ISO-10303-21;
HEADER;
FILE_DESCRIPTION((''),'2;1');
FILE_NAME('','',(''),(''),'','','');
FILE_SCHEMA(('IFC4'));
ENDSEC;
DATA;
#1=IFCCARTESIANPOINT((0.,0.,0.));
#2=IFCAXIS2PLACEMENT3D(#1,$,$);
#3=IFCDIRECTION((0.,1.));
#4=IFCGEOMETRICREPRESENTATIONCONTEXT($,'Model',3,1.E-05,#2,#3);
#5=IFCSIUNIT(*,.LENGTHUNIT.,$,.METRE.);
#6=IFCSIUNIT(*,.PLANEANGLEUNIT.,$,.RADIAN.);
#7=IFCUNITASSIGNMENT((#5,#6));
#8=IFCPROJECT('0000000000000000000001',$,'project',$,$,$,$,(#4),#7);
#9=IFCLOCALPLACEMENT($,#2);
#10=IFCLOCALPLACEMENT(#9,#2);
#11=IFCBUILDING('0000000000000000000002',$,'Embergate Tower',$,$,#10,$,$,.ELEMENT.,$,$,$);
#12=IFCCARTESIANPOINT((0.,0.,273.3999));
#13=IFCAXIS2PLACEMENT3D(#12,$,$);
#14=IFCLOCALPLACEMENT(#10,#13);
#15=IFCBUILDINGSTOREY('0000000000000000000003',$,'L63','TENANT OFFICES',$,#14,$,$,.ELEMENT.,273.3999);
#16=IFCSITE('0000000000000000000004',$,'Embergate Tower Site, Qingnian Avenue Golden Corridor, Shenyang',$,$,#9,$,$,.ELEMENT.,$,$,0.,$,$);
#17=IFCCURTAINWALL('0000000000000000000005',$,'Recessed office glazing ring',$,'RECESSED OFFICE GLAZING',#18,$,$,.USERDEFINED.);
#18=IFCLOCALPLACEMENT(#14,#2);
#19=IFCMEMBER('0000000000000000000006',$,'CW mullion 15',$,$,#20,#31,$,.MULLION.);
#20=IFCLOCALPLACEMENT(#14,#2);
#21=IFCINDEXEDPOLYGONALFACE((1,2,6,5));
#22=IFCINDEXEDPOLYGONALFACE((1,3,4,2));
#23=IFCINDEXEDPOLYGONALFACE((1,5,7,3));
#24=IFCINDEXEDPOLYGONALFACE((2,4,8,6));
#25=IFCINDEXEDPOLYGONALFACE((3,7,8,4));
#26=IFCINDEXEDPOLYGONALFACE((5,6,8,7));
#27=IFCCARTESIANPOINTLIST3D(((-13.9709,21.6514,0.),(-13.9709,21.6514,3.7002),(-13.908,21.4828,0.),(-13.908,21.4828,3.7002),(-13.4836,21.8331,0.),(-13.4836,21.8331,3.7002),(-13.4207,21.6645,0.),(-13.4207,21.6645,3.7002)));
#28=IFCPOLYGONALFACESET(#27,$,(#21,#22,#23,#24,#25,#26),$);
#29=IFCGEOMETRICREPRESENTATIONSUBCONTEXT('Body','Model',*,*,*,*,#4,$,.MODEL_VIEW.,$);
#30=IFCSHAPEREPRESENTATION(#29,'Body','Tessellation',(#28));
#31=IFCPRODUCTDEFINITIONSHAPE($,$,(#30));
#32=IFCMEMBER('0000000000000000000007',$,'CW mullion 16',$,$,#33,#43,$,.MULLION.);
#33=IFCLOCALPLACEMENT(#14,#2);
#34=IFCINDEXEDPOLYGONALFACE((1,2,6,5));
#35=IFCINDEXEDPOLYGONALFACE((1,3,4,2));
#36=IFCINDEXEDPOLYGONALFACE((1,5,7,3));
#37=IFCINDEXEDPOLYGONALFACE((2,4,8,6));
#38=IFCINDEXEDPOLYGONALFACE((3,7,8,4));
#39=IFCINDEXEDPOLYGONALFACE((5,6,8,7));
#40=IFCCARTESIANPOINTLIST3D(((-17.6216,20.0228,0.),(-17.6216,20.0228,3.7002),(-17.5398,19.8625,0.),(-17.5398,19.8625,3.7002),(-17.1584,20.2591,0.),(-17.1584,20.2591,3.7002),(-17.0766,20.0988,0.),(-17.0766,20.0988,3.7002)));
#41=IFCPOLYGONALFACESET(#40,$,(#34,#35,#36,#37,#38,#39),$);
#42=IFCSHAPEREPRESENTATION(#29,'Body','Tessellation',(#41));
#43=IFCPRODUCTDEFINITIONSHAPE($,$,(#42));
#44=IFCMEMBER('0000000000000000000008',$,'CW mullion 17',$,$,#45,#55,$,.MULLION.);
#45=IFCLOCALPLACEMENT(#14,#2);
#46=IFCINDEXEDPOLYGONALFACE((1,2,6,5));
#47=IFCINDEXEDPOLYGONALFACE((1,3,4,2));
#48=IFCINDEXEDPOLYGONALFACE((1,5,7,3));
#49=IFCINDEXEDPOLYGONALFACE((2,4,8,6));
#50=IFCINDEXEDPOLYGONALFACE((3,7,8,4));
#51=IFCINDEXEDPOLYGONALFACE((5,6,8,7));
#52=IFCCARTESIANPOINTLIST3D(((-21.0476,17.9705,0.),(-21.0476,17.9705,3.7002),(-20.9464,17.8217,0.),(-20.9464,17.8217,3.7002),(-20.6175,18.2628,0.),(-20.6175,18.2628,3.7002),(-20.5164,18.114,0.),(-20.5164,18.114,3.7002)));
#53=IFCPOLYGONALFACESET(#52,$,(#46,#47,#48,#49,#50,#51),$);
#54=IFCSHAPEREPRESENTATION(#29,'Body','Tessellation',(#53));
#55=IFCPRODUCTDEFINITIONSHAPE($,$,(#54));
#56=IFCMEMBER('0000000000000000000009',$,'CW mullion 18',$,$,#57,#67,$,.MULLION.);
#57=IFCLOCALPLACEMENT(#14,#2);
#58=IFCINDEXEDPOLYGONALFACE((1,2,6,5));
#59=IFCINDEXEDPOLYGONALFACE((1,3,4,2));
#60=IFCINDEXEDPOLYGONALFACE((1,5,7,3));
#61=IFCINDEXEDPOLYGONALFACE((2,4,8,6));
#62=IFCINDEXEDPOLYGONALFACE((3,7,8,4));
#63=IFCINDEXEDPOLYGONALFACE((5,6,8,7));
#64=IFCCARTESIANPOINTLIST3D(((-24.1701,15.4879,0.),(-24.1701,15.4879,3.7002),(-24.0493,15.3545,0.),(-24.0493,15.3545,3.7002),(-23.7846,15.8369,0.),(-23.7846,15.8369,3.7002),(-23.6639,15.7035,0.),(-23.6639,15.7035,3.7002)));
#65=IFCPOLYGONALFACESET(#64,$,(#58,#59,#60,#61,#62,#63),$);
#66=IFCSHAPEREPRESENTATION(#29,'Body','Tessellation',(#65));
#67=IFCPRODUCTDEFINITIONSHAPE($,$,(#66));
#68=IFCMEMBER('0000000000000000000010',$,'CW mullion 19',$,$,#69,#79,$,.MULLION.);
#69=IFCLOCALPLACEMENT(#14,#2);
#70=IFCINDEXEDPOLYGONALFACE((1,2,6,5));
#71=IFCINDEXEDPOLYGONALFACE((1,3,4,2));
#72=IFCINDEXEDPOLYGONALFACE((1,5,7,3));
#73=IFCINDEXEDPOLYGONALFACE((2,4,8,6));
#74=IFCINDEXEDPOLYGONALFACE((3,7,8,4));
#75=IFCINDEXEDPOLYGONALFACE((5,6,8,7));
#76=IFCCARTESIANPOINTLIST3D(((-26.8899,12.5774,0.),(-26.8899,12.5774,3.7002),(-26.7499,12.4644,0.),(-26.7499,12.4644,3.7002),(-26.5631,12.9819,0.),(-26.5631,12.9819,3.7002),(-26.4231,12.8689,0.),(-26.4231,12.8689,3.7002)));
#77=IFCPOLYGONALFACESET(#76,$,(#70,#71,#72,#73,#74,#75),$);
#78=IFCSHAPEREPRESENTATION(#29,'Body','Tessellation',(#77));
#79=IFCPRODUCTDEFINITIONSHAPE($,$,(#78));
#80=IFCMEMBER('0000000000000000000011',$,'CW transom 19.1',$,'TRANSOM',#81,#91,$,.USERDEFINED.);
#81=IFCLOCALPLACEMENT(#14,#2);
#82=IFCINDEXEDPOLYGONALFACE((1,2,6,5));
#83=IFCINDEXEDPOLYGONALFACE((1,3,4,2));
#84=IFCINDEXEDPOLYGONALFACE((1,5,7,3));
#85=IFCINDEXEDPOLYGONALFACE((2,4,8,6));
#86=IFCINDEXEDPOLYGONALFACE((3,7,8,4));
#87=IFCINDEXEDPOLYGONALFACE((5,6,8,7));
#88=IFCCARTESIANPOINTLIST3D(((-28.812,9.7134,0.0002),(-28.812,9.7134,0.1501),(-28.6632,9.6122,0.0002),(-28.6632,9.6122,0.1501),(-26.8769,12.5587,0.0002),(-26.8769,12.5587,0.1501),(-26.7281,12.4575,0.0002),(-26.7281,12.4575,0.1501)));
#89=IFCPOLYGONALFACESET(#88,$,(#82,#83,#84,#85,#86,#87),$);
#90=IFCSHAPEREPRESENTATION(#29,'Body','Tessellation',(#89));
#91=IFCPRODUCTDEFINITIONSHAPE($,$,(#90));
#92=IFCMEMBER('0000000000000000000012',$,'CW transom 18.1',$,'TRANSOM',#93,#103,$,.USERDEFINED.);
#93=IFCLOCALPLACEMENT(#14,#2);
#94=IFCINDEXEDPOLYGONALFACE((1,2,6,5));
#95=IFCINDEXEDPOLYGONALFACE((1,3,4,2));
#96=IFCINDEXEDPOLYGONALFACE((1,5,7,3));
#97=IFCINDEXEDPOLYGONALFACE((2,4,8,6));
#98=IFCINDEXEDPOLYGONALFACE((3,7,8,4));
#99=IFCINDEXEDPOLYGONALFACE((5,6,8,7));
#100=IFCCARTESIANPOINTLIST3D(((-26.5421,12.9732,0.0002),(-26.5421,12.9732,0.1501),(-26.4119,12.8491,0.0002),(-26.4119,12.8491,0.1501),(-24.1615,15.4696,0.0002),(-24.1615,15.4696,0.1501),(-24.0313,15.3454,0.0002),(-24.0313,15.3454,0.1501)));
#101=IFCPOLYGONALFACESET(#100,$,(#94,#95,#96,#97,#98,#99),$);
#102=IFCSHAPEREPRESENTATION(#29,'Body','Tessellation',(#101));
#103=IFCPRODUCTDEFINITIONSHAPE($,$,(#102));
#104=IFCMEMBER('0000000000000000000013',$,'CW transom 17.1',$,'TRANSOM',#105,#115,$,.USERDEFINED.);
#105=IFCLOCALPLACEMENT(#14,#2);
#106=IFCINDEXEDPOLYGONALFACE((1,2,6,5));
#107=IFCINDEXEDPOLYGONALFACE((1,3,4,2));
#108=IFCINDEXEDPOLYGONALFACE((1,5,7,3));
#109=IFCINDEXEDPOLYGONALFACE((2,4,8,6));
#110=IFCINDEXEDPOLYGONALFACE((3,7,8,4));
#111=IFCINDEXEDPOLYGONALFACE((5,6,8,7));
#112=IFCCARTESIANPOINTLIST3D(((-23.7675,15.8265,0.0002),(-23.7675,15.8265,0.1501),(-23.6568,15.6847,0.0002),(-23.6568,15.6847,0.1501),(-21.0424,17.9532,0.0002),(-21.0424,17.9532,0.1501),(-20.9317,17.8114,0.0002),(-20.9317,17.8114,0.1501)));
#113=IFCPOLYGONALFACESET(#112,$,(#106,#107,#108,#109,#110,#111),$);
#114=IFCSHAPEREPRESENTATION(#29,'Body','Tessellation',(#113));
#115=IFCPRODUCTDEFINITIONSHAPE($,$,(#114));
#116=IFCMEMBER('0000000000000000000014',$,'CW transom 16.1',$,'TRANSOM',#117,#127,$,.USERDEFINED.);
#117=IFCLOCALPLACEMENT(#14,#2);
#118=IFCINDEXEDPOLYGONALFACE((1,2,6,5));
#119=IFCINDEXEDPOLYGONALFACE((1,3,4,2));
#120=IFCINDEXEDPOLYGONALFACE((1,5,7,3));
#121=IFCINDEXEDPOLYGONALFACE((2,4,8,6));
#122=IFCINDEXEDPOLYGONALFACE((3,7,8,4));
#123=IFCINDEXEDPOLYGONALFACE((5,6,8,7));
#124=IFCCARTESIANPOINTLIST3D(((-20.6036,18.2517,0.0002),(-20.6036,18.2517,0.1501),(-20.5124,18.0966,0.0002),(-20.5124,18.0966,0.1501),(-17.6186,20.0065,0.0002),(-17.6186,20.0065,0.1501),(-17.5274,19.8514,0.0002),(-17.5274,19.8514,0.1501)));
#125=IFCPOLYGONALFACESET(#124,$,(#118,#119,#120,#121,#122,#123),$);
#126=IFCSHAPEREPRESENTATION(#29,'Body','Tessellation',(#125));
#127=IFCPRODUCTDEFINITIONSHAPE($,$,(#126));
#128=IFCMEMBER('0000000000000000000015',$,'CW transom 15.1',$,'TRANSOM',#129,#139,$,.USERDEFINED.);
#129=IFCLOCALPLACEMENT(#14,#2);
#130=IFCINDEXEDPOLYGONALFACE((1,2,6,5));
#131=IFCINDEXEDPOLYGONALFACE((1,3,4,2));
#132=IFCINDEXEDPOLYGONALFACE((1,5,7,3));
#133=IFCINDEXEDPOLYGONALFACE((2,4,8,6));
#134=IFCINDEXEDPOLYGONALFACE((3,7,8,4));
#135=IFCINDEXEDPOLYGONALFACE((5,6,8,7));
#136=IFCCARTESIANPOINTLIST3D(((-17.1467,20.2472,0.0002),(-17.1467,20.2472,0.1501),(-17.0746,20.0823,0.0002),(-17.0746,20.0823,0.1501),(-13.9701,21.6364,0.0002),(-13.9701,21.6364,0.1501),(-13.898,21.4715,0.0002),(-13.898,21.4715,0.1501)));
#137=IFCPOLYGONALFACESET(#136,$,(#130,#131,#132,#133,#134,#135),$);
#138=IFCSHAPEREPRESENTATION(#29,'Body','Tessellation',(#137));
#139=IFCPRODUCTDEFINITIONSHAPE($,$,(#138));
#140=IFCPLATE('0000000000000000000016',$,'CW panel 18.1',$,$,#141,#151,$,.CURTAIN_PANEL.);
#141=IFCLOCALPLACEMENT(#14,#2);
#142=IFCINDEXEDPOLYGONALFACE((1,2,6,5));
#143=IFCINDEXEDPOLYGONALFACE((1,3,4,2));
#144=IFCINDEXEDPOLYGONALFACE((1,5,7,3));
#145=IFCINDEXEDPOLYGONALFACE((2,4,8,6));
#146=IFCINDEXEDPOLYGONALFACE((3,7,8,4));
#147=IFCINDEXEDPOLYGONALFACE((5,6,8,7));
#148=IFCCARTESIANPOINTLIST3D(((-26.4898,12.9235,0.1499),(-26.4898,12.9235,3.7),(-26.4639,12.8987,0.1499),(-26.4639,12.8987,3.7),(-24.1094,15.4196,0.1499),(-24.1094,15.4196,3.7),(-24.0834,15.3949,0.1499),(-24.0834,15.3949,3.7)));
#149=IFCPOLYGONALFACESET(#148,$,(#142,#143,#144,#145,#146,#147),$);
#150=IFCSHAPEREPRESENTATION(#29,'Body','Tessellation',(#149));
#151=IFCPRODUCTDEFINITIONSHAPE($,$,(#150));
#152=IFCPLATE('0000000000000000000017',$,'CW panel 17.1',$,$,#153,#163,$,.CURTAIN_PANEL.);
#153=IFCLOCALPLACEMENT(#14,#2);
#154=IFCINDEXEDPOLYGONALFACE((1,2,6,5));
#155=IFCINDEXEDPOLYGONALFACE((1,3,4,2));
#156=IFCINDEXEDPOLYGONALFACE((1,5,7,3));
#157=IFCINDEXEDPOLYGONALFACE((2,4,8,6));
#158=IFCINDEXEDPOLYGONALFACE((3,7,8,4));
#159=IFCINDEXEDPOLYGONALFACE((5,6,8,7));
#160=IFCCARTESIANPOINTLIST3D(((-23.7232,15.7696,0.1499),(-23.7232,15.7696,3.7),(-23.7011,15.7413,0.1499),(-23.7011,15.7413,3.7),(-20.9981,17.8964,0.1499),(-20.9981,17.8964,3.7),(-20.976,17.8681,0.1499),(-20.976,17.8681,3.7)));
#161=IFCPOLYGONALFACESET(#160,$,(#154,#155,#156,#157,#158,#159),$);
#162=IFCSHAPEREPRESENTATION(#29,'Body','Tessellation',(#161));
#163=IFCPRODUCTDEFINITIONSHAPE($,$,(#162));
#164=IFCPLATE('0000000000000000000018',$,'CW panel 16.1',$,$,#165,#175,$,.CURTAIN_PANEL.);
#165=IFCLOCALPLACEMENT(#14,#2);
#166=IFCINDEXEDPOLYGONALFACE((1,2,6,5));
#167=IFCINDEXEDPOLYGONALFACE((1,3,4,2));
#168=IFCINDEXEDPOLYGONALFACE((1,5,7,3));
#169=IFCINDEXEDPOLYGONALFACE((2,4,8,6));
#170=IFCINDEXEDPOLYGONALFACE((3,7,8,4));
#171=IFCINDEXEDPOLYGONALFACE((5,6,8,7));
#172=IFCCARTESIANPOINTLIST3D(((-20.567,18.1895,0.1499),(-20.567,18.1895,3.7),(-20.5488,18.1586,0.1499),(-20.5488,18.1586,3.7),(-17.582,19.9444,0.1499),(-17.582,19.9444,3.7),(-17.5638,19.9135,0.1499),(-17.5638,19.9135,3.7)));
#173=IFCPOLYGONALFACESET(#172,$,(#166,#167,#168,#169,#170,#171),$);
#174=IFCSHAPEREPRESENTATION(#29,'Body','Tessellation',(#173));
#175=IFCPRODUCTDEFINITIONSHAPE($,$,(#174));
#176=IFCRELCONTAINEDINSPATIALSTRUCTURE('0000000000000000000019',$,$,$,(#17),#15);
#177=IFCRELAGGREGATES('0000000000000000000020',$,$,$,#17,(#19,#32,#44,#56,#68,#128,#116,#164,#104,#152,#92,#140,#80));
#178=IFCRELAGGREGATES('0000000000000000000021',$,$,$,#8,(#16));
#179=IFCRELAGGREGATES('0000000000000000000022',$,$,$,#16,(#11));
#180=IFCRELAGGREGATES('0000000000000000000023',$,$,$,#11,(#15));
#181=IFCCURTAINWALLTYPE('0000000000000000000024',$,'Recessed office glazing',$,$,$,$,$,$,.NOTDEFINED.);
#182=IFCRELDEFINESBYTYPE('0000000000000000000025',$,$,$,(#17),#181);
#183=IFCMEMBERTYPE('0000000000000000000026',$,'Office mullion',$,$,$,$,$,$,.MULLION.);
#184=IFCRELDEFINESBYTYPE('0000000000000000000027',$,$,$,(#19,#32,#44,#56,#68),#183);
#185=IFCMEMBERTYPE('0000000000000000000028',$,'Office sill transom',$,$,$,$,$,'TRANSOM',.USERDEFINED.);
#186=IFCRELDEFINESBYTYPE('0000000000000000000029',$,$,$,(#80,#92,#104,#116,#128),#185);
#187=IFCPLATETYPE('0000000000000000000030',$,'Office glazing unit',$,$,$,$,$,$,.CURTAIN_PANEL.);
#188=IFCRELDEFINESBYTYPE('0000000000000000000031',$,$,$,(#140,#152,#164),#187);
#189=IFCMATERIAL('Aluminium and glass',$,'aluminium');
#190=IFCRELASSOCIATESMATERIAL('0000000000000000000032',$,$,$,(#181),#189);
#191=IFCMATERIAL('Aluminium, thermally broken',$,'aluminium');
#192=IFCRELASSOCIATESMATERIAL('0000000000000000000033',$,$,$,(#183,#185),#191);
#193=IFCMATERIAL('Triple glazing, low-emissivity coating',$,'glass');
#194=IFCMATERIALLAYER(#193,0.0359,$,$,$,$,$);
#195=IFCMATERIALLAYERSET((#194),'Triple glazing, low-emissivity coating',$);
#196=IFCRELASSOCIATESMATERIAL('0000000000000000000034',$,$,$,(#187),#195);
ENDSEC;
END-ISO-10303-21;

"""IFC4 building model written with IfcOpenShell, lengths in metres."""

from ifc_helpers import new_model, si_unit, direction, frame, origin, origin_2d, place, context, subcontext, project, spatial, rectangle, extrude, source, transform, mapped, material, layer, layer_set, material_profile, profile_set, type_object, element, aggregate, save


model = new_model("IFC4")

# Units and contexts
model_context = context("Model", 3, precision=1e-05, world=origin(), true_north=direction((0.0, 1.0)))
body_context = subcontext(model_context, "Body", "Model", "MODEL_VIEW")
ifc_project = project(units=[si_unit("LENGTHUNIT", "METRE"), si_unit("PLANEANGLEUNIT", "RADIAN")], contexts=[model_context])

# Site, building, storey
site_placement = place(None, origin())
site = spatial("IfcSite", under=ifc_project, at=site_placement, Name="Embergate Tower Site, Qingnian Avenue Golden Corridor, Shenyang", CompositionType="ELEMENT", RefElevation=0.0)
building_placement = place(site_placement, origin())
building = spatial("IfcBuilding", under=site, at=building_placement, Name="Embergate Tower", CompositionType="ELEMENT")
storey_placement = place(building_placement, frame((0.0, 0.0, 273.3999)))
storey = spatial("IfcBuildingStorey", under=building, at=storey_placement, Name="L63", Description="TENANT OFFICES", CompositionType="ELEMENT", Elevation=273.3999)

# Curtain wall, members, plates
ifc_material_1 = material(Name="Aluminium and glass", Category="aluminium")
curtain_wall_type = type_object("IfcCurtainWallType", Name="Recessed office glazing", PredefinedType="NOTDEFINED", material=ifc_material_1)
curtain_wall_placement = place(storey_placement, origin())
curtain_wall = element("IfcCurtainWall", 1, at=curtain_wall_placement, inside=storey, type_object=curtain_wall_type, Name="Recessed office glazing ring", ObjectType="RECESSED OFFICE GLAZING", PredefinedType="USERDEFINED")
ifc_material_2 = material(Name="Aluminium, thermally broken", Category="aluminium")
ifc_material_profile_1 = material_profile(ifc_material_2, rectangle(XDim=0.1799, YDim=0.52, at=origin_2d()), Name="AL 520x180")
ifc_profile_set_1 = profile_set([ifc_material_profile_1], Name="Aluminium, thermally broken")
member_type_1 = type_object("IfcMemberType", Name="Office mullion", PredefinedType="MULLION", material=ifc_profile_set_1)
shared_shape_1 = source(origin(), body_context, "Body", "SweptSolid", [
    extrude(rectangle(XDim=0.1799, YDim=0.52, at=origin_2d()), origin(), (0.0, 0.0, 1.0), 3.7002),
])
member_1_placement = place(storey_placement, frame((-13.6958, 21.658, 0.0), z_axis=(0.0, 0.0, 1.0), x_axis=(0.349496, -0.936938, 0.0)))
member_1 = element("IfcMember", 2, at=member_1_placement, type_object=member_type_1, Name="CW mullion 15", PredefinedType="MULLION", context=body_context, shape_type="MappedRepresentation", body=[
    mapped(shared_shape_1, transform((0.0, 0.0, 0.0))),
])
member_2_placement = place(storey_placement, frame((-17.3491, 20.0608, 0.0), z_axis=(0.0, 0.0, 1.0), x_axis=(0.454504, -0.890745, 0.0)))
member_2 = element("IfcMember", 3, at=member_2_placement, type_object=member_type_1, Name="CW mullion 16", PredefinedType="MULLION", context=body_context, shape_type="MappedRepresentation", body=[
    mapped(shared_shape_1, transform((0.0, 0.0, 0.0))),
])
member_3_placement = place(storey_placement, frame((-20.782, 18.0422, 0.0), z_axis=(0.0, 0.0, 1.0), x_axis=(0.562208, -0.826996, 0.0)))
member_3 = element("IfcMember", 4, at=member_3_placement, type_object=member_type_1, Name="CW mullion 17", PredefinedType="MULLION", context=body_context, shape_type="MappedRepresentation", body=[
    mapped(shared_shape_1, transform((0.0, 0.0, 0.0))),
])
member_4_placement = place(storey_placement, frame((-23.917, 15.5957, 0.0), z_axis=(0.0, 0.0, 1.0), x_axis=(0.671216, -0.741262, 0.0)))
member_4 = element("IfcMember", 5, at=member_4_placement, type_object=member_type_1, Name="CW mullion 18", PredefinedType="MULLION", context=body_context, shape_type="MappedRepresentation", body=[
    mapped(shared_shape_1, transform((0.0, 0.0, 0.0))),
])
member_5_placement = place(storey_placement, frame((-26.6565, 12.7231, 0.0), z_axis=(0.0, 0.0, 1.0), x_axis=(0.777862, -0.628436, 0.0)))
member_5 = element("IfcMember", 6, at=member_5_placement, type_object=member_type_1, Name="CW mullion 19", PredefinedType="MULLION", context=body_context, shape_type="MappedRepresentation", body=[
    mapped(shared_shape_1, transform((0.0, 0.0, 0.0))),
])
ifc_material_profile_2 = material_profile(ifc_material_2, rectangle(XDim=0.1799, YDim=0.1499, at=origin_2d()), Name="AL 150x180")
ifc_profile_set_2 = profile_set([ifc_material_profile_2], Name="Aluminium, thermally broken")
member_type_2 = type_object("IfcMemberType", Name="Office sill transom", ElementType="TRANSOM", PredefinedType="USERDEFINED", material=ifc_profile_set_2)
shared_shape_2 = source(origin(), body_context, "Body", "SweptSolid", [
    extrude(rectangle(XDim=0.1799, YDim=0.1499, at=origin_2d()), origin(), (0.0, 0.0, 1.0), 3.4409),
])
member_6_placement = place(storey_placement, frame((-26.8025, 12.5081, 0.0752), z_axis=(-0.562372, -0.826884, 0.0), x_axis=(0.826884, -0.562372, 0.0)))
member_6 = element("IfcMember", 7, at=member_6_placement, type_object=member_type_2, Name="CW transom 19.1", ObjectType="TRANSOM", PredefinedType="USERDEFINED", context=body_context, shape_type="MappedRepresentation", body=[
    mapped(shared_shape_2, transform((0.0, 0.0, 0.0))),
])
shared_shape_3 = source(origin(), body_context, "Body", "SweptSolid", [
    extrude(rectangle(XDim=0.1799, YDim=0.1499, at=origin_2d()), origin(), (0.0, 0.0, 1.0), 3.4495),
])
member_7_placement = place(storey_placement, frame((-24.0964, 15.4075, 0.0752), z_axis=(-0.690134, -0.723682, 0.0), x_axis=(0.723682, -0.690134, 0.0)))
member_7 = element("IfcMember", 8, at=member_7_placement, type_object=member_type_2, Name="CW transom 18.1", ObjectType="TRANSOM", PredefinedType="USERDEFINED", context=body_context, shape_type="MappedRepresentation", body=[
    mapped(shared_shape_3, transform((0.0, 0.0, 0.0))),
])
shared_shape_4 = source(origin(), body_context, "Body", "SweptSolid", [
    extrude(rectangle(XDim=0.1799, YDim=0.1499, at=origin_2d()), origin(), (0.0, 0.0, 1.0), 3.4568),
])
member_8_placement = place(storey_placement, frame((-20.9871, 17.8823, 0.0752), z_axis=(-0.788343, -0.615236, 0.0), x_axis=(0.615236, -0.788343, 0.0)))
member_8 = element("IfcMember", 9, at=member_8_placement, type_object=member_type_2, Name="CW transom 17.1", ObjectType="TRANSOM", PredefinedType="USERDEFINED", context=body_context, shape_type="MappedRepresentation", body=[
    mapped(shared_shape_4, transform((0.0, 0.0, 0.0))),
])
shared_shape_5 = source(origin(), body_context, "Body", "SweptSolid", [
    extrude(rectangle(XDim=0.1799, YDim=0.1499, at=origin_2d()), origin(), (0.0, 0.0, 1.0), 3.4626),
])
member_9_placement = place(storey_placement, frame((-17.573, 19.929, 0.0752), z_axis=(-0.862068, -0.506792, 0.0), x_axis=(0.506792, -0.862068, 0.0)))
member_9 = element("IfcMember", 10, at=member_9_placement, type_object=member_type_2, Name="CW transom 16.1", ObjectType="TRANSOM", PredefinedType="USERDEFINED", context=body_context, shape_type="MappedRepresentation", body=[
    mapped(shared_shape_5, transform((0.0, 0.0, 0.0))),
])
shared_shape_6 = source(origin(), body_context, "Body", "SweptSolid", [
    extrude(rectangle(XDim=0.1799, YDim=0.1499, at=origin_2d()), origin(), (0.0, 0.0, 1.0), 3.467),
])
member_10_placement = place(storey_placement, frame((-13.9341, 21.554, 0.0752), z_axis=(-0.916217, -0.400682, 0.0), x_axis=(0.400682, -0.916217, 0.0)))
member_10 = element("IfcMember", 11, at=member_10_placement, type_object=member_type_2, Name="CW transom 15.1", ObjectType="TRANSOM", PredefinedType="USERDEFINED", context=body_context, shape_type="MappedRepresentation", body=[
    mapped(shared_shape_6, transform((0.0, 0.0, 0.0))),
])
ifc_material_3 = material(Name="Triple glazing, low-emissivity coating", Category="glass")
ifc_layer_1 = layer(ifc_material_3, 0.0359)
ifc_layer_set_1 = layer_set([ifc_layer_1], Name="Triple glazing, low-emissivity coating")
plate_type = type_object("IfcPlateType", Name="Office glazing unit", PredefinedType="CURTAIN_PANEL", material=ifc_layer_set_1)
shared_shape_7 = source(origin(), body_context, "Body", "SweptSolid", [
    extrude(rectangle(XDim=3.4492, YDim=0.0359, at=origin_2d()), origin(), (0.0, 0.0, 1.0), 3.55),
])
plate_1_placement = place(storey_placement, frame((-25.2866, 14.1592, 0.1499), z_axis=(0.0, 0.0, 1.0), x_axis=(-0.690139, -0.723677, 0.0)))
plate_1 = element("IfcPlate", 12, at=plate_1_placement, type_object=plate_type, Name="CW panel 18.1", PredefinedType="CURTAIN_PANEL", context=body_context, shape_type="MappedRepresentation", body=[
    mapped(shared_shape_7, transform((0.0, 0.0, 0.0))),
])
shared_shape_8 = source(origin(), body_context, "Body", "SweptSolid", [
    extrude(rectangle(XDim=3.4568, YDim=0.0359, at=origin_2d()), origin(), (0.0, 0.0, 1.0), 3.55),
])
plate_2_placement = place(storey_placement, frame((-22.3496, 16.8188, 0.1499), z_axis=(0.0, 0.0, 1.0), x_axis=(-0.788323, -0.615261, 0.0)))
plate_2 = element("IfcPlate", 13, at=plate_2_placement, type_object=plate_type, Name="CW panel 17.1", PredefinedType="CURTAIN_PANEL", context=body_context, shape_type="MappedRepresentation", body=[
    mapped(shared_shape_8, transform((0.0, 0.0, 0.0))),
])
shared_shape_9 = source(origin(), body_context, "Body", "SweptSolid", [
    extrude(rectangle(XDim=3.4626, YDim=0.0359, at=origin_2d()), origin(), (0.0, 0.0, 1.0), 3.55),
])
plate_3_placement = place(storey_placement, frame((-19.0654, 19.0515, 0.1499), z_axis=(0.0, 0.0, 1.0), x_axis=(-0.862055, -0.506815, 0.0)))
plate_3 = element("IfcPlate", 14, at=plate_3_placement, type_object=plate_type, Name="CW panel 16.1", PredefinedType="CURTAIN_PANEL", context=body_context, shape_type="MappedRepresentation", body=[
    mapped(shared_shape_9, transform((0.0, 0.0, 0.0))),
])
aggregate(curtain_wall, [member_1, member_2, member_3, member_4, member_5, member_10, member_9, plate_3, member_8, plate_2, member_7, plate_1, member_6])

save(model, "model.ifc")
